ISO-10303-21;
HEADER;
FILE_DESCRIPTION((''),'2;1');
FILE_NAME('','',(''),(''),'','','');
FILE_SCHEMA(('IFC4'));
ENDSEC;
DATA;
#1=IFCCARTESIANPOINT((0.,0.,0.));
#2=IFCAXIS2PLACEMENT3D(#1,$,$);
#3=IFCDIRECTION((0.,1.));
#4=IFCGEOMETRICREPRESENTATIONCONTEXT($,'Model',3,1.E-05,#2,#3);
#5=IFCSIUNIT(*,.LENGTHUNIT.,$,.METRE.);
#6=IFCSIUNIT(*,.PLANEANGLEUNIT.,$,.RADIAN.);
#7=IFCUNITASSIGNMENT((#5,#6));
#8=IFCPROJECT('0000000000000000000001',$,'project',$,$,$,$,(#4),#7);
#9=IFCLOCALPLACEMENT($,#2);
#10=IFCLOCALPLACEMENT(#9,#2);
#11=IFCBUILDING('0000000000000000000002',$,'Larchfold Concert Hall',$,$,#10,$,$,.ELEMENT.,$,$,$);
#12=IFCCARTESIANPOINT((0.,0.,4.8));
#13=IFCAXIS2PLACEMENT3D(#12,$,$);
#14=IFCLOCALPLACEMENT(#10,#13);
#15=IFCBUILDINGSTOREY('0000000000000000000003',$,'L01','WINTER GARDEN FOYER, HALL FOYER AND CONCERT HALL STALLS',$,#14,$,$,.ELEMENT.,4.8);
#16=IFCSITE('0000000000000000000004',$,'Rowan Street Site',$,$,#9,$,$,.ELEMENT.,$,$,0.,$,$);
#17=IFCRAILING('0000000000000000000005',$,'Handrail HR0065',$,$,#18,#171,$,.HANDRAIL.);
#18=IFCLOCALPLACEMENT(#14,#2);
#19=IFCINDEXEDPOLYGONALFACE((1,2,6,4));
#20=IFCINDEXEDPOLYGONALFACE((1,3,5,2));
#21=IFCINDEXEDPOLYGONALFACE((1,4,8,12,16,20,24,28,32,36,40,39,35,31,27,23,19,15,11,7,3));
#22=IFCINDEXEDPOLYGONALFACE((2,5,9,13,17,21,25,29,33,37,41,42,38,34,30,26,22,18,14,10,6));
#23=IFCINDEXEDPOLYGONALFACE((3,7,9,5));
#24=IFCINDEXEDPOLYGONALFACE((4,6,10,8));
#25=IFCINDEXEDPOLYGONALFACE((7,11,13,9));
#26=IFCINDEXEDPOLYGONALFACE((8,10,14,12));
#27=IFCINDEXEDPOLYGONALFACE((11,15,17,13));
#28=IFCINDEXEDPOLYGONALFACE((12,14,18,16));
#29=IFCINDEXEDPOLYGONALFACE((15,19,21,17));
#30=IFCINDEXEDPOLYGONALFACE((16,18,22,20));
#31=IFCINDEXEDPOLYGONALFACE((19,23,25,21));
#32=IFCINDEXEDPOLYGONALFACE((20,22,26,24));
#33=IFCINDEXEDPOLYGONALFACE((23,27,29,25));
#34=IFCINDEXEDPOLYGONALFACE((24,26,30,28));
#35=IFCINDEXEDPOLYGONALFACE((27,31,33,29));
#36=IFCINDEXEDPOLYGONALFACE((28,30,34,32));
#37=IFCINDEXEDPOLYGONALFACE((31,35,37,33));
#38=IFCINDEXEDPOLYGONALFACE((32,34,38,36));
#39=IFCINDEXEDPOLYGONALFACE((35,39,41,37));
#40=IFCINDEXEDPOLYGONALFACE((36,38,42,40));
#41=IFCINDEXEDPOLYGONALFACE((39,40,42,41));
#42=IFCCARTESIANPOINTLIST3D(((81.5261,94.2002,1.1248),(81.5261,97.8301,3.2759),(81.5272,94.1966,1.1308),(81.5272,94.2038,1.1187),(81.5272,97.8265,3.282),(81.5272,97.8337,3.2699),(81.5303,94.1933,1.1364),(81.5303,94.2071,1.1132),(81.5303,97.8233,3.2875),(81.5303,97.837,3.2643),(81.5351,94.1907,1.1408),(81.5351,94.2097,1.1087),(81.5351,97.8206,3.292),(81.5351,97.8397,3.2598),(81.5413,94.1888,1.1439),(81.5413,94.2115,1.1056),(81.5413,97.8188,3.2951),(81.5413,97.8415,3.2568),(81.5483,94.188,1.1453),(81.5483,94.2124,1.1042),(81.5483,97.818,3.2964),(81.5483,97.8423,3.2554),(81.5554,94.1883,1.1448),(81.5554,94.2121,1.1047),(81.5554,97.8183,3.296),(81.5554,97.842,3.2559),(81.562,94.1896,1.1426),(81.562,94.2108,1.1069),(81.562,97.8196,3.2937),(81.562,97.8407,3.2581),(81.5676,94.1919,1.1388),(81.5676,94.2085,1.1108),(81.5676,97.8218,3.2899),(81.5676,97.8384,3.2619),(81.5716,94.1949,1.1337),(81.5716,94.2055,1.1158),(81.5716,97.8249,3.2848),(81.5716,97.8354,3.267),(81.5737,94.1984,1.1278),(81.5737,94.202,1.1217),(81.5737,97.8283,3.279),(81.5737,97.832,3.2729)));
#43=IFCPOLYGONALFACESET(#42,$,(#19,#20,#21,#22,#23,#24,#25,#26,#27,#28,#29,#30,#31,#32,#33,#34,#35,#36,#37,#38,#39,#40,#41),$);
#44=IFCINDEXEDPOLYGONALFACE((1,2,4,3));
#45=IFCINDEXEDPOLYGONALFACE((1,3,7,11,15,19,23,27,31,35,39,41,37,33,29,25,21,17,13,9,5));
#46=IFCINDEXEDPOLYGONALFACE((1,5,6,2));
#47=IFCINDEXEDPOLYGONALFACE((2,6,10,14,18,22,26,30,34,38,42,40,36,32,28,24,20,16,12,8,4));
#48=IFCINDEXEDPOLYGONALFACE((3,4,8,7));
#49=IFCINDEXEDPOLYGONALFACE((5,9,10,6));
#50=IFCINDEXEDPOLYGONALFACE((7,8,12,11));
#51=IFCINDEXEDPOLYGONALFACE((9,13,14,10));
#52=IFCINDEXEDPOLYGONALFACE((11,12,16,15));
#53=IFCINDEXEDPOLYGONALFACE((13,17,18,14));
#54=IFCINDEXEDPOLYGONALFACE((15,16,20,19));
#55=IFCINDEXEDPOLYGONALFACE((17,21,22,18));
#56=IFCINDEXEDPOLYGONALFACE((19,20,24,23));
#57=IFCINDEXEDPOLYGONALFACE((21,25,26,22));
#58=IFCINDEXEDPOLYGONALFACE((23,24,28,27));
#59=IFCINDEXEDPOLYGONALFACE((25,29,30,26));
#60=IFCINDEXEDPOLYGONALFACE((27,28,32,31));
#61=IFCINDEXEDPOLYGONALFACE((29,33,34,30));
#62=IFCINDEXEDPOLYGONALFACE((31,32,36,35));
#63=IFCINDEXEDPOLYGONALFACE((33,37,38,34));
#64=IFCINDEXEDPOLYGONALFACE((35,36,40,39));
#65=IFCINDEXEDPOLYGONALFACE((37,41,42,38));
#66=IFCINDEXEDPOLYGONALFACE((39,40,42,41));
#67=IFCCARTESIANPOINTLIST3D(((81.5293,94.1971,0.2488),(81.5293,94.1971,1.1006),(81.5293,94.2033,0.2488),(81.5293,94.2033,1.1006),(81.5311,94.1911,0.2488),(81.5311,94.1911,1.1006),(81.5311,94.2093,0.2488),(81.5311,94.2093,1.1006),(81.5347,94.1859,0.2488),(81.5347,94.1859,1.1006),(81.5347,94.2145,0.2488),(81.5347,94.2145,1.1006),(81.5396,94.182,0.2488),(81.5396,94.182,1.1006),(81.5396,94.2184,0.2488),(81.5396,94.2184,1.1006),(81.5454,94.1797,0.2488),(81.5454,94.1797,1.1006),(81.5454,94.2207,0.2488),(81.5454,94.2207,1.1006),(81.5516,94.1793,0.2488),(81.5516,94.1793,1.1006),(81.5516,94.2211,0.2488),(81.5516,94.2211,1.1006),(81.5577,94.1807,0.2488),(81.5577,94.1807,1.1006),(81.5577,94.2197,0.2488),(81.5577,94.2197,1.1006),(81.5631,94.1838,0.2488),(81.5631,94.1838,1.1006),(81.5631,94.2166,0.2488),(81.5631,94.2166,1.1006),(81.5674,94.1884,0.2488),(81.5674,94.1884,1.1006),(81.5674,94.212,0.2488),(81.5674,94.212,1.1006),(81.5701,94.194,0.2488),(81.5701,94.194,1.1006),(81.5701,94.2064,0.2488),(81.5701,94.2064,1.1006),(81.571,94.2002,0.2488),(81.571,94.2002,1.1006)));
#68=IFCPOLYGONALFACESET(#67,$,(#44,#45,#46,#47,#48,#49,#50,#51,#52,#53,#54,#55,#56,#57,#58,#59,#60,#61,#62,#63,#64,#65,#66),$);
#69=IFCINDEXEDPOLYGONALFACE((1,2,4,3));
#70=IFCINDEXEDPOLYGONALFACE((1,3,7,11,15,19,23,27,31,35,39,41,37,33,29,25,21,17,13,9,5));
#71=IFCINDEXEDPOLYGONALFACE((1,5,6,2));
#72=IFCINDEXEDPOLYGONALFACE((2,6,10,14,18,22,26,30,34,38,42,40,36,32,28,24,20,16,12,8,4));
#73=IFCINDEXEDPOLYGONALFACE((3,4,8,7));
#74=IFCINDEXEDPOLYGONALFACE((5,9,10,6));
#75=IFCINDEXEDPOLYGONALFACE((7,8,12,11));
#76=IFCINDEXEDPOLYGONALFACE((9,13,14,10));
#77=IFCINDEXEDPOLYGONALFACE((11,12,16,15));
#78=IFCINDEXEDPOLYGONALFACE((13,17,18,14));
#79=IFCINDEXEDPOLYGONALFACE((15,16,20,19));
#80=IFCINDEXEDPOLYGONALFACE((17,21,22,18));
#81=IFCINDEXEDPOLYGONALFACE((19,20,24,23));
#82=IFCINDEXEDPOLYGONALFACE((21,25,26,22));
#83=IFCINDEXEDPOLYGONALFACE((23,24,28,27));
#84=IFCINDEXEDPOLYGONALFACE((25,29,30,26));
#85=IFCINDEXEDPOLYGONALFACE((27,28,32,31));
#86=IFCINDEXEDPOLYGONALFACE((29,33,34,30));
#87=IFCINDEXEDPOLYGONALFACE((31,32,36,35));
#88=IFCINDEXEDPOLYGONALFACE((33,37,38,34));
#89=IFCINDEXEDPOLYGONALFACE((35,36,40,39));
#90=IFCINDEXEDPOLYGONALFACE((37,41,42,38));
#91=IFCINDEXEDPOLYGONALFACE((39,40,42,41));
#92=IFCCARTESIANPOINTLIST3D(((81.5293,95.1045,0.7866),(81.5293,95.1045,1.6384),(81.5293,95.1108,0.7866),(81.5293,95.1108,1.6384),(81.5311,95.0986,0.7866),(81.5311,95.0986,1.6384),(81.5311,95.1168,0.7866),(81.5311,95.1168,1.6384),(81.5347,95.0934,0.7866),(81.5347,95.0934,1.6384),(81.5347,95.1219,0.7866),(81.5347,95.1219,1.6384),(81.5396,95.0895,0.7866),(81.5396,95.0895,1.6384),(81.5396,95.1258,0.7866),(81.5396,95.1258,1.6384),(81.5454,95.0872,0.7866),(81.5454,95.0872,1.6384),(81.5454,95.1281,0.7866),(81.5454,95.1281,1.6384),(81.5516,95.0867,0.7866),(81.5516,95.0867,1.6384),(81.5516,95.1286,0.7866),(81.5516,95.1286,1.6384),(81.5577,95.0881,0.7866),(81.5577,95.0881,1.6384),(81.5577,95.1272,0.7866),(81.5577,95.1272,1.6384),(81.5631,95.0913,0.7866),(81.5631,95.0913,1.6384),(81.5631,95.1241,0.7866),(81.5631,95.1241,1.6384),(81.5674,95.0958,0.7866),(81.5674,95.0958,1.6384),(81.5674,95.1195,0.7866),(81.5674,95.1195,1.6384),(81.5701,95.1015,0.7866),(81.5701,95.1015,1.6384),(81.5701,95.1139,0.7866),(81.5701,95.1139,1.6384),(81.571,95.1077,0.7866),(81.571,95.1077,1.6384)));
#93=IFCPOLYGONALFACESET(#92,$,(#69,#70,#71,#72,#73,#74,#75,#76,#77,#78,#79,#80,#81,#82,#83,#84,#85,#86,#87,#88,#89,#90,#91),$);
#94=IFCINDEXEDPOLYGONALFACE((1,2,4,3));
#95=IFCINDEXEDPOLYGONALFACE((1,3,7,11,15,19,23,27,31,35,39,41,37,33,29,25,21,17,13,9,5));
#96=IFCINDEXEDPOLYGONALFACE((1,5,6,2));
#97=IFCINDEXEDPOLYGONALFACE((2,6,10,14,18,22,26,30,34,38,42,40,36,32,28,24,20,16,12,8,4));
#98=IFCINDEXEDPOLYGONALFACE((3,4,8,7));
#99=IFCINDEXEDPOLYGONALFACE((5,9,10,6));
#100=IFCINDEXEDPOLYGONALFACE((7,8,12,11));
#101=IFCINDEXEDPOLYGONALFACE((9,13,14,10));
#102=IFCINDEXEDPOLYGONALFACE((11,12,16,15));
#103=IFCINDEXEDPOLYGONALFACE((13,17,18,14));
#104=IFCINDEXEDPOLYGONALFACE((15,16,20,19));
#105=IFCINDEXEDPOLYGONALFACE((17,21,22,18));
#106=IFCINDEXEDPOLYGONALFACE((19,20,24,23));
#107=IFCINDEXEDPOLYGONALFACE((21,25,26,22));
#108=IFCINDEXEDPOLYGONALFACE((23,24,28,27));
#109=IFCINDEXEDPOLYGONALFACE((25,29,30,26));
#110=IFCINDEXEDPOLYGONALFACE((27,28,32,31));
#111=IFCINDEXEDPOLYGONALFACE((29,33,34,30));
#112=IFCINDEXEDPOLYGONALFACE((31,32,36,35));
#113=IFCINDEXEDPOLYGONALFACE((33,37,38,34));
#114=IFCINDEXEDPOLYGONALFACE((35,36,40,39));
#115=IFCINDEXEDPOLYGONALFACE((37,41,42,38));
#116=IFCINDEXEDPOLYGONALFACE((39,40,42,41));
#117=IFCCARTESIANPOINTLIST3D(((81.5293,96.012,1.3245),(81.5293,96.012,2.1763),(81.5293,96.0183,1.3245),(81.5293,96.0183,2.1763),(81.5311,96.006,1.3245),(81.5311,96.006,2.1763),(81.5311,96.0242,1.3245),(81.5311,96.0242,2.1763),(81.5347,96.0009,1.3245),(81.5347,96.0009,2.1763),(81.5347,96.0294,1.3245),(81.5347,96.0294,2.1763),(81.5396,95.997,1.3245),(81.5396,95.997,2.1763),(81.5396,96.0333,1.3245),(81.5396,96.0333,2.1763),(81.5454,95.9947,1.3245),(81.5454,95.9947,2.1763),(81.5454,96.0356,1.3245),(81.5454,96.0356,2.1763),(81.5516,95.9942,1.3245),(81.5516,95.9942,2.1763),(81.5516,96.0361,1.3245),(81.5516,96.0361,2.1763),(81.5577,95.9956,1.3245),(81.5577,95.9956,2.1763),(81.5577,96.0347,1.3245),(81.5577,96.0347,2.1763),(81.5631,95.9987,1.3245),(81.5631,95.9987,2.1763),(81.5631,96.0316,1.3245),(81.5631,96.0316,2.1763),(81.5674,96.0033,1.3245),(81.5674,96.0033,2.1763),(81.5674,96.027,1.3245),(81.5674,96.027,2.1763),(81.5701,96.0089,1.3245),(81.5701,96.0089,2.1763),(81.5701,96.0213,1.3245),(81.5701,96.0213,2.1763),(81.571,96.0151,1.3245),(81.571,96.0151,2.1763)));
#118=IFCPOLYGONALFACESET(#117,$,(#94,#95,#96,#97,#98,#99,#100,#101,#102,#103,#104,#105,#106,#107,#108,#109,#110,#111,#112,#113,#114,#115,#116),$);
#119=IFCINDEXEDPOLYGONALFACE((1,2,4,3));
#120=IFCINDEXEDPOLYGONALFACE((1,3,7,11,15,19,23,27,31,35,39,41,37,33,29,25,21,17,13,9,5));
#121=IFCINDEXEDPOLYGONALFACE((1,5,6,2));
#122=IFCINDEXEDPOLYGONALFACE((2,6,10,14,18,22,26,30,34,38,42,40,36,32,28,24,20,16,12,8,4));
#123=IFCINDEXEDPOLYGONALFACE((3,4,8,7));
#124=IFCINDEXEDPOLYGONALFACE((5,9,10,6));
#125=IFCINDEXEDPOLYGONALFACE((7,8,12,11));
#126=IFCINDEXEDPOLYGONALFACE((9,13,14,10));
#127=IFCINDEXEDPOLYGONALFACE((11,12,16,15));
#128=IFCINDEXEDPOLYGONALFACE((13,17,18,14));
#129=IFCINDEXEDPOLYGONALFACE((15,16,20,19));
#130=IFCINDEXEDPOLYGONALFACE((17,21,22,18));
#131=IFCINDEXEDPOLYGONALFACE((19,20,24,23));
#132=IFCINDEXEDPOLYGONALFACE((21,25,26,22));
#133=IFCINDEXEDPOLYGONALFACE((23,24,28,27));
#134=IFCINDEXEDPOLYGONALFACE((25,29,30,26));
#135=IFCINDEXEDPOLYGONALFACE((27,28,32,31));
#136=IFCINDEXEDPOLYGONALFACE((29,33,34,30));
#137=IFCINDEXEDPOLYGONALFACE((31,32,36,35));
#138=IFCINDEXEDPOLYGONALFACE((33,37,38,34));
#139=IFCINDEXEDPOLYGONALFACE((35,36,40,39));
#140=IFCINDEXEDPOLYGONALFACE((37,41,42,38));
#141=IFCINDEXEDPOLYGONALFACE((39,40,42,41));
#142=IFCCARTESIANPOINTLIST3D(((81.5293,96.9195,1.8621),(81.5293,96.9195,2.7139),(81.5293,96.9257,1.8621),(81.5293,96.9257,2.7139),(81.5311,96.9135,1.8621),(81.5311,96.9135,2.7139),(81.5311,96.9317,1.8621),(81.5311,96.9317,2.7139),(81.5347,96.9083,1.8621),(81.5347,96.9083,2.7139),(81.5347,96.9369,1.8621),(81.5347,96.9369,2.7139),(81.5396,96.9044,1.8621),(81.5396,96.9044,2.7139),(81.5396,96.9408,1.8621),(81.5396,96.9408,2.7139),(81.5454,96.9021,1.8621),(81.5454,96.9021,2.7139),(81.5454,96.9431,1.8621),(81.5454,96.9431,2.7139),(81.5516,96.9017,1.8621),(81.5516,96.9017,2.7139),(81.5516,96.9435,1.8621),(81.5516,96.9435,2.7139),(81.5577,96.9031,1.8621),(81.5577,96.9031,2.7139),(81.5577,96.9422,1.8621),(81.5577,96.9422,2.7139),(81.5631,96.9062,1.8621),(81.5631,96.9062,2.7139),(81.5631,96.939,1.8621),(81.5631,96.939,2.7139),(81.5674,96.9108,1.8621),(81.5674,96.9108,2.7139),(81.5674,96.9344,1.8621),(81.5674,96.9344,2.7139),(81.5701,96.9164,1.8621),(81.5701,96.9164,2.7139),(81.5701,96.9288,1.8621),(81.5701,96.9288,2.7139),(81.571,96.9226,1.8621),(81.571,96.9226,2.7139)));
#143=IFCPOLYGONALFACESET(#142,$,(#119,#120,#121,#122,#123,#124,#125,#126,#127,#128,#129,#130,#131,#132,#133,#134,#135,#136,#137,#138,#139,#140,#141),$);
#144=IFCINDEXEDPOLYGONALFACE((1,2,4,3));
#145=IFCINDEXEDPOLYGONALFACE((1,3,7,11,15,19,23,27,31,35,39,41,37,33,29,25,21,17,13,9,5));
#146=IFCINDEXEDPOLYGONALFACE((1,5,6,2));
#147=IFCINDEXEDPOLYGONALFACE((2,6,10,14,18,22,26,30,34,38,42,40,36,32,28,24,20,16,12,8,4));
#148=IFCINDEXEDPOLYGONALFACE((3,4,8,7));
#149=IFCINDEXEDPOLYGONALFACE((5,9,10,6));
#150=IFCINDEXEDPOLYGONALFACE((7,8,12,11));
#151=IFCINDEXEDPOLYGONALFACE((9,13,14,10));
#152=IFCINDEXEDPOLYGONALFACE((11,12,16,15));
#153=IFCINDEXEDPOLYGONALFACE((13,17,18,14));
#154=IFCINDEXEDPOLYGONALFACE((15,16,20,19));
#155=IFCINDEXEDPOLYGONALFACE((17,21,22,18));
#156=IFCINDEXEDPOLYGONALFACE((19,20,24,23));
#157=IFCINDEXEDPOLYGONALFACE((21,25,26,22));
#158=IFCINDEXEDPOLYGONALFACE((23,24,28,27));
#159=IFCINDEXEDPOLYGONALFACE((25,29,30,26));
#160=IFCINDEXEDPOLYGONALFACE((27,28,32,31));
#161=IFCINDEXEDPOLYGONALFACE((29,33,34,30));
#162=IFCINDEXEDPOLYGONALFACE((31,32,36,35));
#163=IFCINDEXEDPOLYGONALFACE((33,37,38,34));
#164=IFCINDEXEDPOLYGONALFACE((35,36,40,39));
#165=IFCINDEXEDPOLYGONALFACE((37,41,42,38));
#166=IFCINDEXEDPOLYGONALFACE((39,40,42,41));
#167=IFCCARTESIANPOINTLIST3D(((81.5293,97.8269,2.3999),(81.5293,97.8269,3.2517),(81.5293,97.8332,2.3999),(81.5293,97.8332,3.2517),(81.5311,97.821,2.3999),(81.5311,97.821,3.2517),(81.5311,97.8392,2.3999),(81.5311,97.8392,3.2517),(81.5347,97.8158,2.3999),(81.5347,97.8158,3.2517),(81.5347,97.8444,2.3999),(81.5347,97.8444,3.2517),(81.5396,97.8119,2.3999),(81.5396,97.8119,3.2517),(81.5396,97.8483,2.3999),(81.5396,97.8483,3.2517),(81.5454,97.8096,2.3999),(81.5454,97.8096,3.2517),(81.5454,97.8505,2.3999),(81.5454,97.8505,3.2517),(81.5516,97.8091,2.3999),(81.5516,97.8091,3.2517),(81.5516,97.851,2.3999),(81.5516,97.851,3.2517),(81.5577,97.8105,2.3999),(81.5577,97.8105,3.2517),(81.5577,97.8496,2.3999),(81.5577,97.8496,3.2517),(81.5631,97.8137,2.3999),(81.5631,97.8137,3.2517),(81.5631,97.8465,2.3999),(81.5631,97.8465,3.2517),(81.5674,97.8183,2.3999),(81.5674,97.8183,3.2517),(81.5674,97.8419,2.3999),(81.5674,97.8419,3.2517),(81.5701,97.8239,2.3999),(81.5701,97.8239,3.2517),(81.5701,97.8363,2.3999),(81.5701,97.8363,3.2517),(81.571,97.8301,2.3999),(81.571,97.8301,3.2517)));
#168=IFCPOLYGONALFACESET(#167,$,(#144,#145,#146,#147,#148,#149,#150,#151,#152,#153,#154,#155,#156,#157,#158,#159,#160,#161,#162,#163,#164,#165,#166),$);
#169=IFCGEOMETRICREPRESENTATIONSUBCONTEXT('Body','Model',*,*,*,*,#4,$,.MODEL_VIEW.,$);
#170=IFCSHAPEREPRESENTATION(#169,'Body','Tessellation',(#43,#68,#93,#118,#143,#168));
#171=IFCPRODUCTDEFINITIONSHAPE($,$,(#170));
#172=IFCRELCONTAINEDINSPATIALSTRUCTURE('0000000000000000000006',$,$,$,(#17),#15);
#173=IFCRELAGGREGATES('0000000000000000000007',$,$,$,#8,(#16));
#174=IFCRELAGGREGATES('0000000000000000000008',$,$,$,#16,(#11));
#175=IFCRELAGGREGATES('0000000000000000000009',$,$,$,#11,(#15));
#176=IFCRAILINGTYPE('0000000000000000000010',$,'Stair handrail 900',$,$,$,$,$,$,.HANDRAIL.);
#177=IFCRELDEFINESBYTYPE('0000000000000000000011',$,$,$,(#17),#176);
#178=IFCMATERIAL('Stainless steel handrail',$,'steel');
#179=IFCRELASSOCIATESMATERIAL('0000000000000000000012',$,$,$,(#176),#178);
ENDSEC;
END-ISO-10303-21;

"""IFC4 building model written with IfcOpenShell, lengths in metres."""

from ifc_helpers import new_model, si_unit, direction, frame, origin, origin_2d, place, context, subcontext, project, spatial, circle, extrude, material, type_object, element, save


model = new_model("IFC4")

# Units and contexts
model_context = context("Model", 3, precision=1e-05, world=origin(), true_north=direction((0.0, 1.0)))
body_context = subcontext(model_context, "Body", "Model", "MODEL_VIEW")
ifc_project = project(units=[si_unit("LENGTHUNIT", "METRE"), si_unit("PLANEANGLEUNIT", "RADIAN")], contexts=[model_context])

# Site, building, storey
site_placement = place(None, origin())
site = spatial("IfcSite", under=ifc_project, at=site_placement, Name="Rowan Street Site", CompositionType="ELEMENT", RefElevation=0.0)
building_placement = place(site_placement, origin())
building = spatial("IfcBuilding", under=site, at=building_placement, Name="Larchfold Concert Hall", CompositionType="ELEMENT")
storey_placement = place(building_placement, frame((0.0, 0.0, 4.8)))
storey = spatial("IfcBuildingStorey", under=building, at=storey_placement, Name="L01", Description="WINTER GARDEN FOYER, HALL FOYER AND CONCERT HALL STALLS", CompositionType="ELEMENT", Elevation=4.8)

# Railing
ifc_material_1 = material(Name="Stainless steel handrail", Category="steel")
railing_type_1 = type_object("IfcRailingType", Name="Stair handrail 900", PredefinedType="HANDRAIL", material=ifc_material_1)
railing_1_placement = place(storey_placement, frame((81.55, 94.2002, 0.2488)))
element("IfcRailing", 1, at=railing_1_placement, inside=storey, type_object=railing_type_1, Name="Handrail HR0065", PredefinedType="HANDRAIL", context=body_context, shape_type="SweptSolid", body=[
    extrude(circle(Radius=0.0239, at=origin_2d()), frame((0.0, 0.0, 0.876), z_axis=(0.0, 0.860283, 0.509817), x_axis=(-1.0, 0.0, 0.0)), (0.0, 0.0, 1.0), 4.2195),
    extrude(circle(Radius=0.021, at=origin_2d()), origin(), (0.0, 0.0, 1.0), 0.8518),
    extrude(circle(Radius=0.021, at=origin_2d()), frame((0.0, 0.9075, 0.5378)), (0.0, 0.0, 1.0), 0.8518),
    extrude(circle(Radius=0.021, at=origin_2d()), frame((0.0, 1.8149, 1.0757)), (0.0, 0.0, 1.0), 0.8518),
    extrude(circle(Radius=0.021, at=origin_2d()), frame((0.0, 2.7224, 1.6133)), (0.0, 0.0, 1.0), 0.8518),
    extrude(circle(Radius=0.021, at=origin_2d()), frame((0.0, 3.6299, 2.1511)), (0.0, 0.0, 1.0), 0.8518),
])

save(model, "model.ifc")
